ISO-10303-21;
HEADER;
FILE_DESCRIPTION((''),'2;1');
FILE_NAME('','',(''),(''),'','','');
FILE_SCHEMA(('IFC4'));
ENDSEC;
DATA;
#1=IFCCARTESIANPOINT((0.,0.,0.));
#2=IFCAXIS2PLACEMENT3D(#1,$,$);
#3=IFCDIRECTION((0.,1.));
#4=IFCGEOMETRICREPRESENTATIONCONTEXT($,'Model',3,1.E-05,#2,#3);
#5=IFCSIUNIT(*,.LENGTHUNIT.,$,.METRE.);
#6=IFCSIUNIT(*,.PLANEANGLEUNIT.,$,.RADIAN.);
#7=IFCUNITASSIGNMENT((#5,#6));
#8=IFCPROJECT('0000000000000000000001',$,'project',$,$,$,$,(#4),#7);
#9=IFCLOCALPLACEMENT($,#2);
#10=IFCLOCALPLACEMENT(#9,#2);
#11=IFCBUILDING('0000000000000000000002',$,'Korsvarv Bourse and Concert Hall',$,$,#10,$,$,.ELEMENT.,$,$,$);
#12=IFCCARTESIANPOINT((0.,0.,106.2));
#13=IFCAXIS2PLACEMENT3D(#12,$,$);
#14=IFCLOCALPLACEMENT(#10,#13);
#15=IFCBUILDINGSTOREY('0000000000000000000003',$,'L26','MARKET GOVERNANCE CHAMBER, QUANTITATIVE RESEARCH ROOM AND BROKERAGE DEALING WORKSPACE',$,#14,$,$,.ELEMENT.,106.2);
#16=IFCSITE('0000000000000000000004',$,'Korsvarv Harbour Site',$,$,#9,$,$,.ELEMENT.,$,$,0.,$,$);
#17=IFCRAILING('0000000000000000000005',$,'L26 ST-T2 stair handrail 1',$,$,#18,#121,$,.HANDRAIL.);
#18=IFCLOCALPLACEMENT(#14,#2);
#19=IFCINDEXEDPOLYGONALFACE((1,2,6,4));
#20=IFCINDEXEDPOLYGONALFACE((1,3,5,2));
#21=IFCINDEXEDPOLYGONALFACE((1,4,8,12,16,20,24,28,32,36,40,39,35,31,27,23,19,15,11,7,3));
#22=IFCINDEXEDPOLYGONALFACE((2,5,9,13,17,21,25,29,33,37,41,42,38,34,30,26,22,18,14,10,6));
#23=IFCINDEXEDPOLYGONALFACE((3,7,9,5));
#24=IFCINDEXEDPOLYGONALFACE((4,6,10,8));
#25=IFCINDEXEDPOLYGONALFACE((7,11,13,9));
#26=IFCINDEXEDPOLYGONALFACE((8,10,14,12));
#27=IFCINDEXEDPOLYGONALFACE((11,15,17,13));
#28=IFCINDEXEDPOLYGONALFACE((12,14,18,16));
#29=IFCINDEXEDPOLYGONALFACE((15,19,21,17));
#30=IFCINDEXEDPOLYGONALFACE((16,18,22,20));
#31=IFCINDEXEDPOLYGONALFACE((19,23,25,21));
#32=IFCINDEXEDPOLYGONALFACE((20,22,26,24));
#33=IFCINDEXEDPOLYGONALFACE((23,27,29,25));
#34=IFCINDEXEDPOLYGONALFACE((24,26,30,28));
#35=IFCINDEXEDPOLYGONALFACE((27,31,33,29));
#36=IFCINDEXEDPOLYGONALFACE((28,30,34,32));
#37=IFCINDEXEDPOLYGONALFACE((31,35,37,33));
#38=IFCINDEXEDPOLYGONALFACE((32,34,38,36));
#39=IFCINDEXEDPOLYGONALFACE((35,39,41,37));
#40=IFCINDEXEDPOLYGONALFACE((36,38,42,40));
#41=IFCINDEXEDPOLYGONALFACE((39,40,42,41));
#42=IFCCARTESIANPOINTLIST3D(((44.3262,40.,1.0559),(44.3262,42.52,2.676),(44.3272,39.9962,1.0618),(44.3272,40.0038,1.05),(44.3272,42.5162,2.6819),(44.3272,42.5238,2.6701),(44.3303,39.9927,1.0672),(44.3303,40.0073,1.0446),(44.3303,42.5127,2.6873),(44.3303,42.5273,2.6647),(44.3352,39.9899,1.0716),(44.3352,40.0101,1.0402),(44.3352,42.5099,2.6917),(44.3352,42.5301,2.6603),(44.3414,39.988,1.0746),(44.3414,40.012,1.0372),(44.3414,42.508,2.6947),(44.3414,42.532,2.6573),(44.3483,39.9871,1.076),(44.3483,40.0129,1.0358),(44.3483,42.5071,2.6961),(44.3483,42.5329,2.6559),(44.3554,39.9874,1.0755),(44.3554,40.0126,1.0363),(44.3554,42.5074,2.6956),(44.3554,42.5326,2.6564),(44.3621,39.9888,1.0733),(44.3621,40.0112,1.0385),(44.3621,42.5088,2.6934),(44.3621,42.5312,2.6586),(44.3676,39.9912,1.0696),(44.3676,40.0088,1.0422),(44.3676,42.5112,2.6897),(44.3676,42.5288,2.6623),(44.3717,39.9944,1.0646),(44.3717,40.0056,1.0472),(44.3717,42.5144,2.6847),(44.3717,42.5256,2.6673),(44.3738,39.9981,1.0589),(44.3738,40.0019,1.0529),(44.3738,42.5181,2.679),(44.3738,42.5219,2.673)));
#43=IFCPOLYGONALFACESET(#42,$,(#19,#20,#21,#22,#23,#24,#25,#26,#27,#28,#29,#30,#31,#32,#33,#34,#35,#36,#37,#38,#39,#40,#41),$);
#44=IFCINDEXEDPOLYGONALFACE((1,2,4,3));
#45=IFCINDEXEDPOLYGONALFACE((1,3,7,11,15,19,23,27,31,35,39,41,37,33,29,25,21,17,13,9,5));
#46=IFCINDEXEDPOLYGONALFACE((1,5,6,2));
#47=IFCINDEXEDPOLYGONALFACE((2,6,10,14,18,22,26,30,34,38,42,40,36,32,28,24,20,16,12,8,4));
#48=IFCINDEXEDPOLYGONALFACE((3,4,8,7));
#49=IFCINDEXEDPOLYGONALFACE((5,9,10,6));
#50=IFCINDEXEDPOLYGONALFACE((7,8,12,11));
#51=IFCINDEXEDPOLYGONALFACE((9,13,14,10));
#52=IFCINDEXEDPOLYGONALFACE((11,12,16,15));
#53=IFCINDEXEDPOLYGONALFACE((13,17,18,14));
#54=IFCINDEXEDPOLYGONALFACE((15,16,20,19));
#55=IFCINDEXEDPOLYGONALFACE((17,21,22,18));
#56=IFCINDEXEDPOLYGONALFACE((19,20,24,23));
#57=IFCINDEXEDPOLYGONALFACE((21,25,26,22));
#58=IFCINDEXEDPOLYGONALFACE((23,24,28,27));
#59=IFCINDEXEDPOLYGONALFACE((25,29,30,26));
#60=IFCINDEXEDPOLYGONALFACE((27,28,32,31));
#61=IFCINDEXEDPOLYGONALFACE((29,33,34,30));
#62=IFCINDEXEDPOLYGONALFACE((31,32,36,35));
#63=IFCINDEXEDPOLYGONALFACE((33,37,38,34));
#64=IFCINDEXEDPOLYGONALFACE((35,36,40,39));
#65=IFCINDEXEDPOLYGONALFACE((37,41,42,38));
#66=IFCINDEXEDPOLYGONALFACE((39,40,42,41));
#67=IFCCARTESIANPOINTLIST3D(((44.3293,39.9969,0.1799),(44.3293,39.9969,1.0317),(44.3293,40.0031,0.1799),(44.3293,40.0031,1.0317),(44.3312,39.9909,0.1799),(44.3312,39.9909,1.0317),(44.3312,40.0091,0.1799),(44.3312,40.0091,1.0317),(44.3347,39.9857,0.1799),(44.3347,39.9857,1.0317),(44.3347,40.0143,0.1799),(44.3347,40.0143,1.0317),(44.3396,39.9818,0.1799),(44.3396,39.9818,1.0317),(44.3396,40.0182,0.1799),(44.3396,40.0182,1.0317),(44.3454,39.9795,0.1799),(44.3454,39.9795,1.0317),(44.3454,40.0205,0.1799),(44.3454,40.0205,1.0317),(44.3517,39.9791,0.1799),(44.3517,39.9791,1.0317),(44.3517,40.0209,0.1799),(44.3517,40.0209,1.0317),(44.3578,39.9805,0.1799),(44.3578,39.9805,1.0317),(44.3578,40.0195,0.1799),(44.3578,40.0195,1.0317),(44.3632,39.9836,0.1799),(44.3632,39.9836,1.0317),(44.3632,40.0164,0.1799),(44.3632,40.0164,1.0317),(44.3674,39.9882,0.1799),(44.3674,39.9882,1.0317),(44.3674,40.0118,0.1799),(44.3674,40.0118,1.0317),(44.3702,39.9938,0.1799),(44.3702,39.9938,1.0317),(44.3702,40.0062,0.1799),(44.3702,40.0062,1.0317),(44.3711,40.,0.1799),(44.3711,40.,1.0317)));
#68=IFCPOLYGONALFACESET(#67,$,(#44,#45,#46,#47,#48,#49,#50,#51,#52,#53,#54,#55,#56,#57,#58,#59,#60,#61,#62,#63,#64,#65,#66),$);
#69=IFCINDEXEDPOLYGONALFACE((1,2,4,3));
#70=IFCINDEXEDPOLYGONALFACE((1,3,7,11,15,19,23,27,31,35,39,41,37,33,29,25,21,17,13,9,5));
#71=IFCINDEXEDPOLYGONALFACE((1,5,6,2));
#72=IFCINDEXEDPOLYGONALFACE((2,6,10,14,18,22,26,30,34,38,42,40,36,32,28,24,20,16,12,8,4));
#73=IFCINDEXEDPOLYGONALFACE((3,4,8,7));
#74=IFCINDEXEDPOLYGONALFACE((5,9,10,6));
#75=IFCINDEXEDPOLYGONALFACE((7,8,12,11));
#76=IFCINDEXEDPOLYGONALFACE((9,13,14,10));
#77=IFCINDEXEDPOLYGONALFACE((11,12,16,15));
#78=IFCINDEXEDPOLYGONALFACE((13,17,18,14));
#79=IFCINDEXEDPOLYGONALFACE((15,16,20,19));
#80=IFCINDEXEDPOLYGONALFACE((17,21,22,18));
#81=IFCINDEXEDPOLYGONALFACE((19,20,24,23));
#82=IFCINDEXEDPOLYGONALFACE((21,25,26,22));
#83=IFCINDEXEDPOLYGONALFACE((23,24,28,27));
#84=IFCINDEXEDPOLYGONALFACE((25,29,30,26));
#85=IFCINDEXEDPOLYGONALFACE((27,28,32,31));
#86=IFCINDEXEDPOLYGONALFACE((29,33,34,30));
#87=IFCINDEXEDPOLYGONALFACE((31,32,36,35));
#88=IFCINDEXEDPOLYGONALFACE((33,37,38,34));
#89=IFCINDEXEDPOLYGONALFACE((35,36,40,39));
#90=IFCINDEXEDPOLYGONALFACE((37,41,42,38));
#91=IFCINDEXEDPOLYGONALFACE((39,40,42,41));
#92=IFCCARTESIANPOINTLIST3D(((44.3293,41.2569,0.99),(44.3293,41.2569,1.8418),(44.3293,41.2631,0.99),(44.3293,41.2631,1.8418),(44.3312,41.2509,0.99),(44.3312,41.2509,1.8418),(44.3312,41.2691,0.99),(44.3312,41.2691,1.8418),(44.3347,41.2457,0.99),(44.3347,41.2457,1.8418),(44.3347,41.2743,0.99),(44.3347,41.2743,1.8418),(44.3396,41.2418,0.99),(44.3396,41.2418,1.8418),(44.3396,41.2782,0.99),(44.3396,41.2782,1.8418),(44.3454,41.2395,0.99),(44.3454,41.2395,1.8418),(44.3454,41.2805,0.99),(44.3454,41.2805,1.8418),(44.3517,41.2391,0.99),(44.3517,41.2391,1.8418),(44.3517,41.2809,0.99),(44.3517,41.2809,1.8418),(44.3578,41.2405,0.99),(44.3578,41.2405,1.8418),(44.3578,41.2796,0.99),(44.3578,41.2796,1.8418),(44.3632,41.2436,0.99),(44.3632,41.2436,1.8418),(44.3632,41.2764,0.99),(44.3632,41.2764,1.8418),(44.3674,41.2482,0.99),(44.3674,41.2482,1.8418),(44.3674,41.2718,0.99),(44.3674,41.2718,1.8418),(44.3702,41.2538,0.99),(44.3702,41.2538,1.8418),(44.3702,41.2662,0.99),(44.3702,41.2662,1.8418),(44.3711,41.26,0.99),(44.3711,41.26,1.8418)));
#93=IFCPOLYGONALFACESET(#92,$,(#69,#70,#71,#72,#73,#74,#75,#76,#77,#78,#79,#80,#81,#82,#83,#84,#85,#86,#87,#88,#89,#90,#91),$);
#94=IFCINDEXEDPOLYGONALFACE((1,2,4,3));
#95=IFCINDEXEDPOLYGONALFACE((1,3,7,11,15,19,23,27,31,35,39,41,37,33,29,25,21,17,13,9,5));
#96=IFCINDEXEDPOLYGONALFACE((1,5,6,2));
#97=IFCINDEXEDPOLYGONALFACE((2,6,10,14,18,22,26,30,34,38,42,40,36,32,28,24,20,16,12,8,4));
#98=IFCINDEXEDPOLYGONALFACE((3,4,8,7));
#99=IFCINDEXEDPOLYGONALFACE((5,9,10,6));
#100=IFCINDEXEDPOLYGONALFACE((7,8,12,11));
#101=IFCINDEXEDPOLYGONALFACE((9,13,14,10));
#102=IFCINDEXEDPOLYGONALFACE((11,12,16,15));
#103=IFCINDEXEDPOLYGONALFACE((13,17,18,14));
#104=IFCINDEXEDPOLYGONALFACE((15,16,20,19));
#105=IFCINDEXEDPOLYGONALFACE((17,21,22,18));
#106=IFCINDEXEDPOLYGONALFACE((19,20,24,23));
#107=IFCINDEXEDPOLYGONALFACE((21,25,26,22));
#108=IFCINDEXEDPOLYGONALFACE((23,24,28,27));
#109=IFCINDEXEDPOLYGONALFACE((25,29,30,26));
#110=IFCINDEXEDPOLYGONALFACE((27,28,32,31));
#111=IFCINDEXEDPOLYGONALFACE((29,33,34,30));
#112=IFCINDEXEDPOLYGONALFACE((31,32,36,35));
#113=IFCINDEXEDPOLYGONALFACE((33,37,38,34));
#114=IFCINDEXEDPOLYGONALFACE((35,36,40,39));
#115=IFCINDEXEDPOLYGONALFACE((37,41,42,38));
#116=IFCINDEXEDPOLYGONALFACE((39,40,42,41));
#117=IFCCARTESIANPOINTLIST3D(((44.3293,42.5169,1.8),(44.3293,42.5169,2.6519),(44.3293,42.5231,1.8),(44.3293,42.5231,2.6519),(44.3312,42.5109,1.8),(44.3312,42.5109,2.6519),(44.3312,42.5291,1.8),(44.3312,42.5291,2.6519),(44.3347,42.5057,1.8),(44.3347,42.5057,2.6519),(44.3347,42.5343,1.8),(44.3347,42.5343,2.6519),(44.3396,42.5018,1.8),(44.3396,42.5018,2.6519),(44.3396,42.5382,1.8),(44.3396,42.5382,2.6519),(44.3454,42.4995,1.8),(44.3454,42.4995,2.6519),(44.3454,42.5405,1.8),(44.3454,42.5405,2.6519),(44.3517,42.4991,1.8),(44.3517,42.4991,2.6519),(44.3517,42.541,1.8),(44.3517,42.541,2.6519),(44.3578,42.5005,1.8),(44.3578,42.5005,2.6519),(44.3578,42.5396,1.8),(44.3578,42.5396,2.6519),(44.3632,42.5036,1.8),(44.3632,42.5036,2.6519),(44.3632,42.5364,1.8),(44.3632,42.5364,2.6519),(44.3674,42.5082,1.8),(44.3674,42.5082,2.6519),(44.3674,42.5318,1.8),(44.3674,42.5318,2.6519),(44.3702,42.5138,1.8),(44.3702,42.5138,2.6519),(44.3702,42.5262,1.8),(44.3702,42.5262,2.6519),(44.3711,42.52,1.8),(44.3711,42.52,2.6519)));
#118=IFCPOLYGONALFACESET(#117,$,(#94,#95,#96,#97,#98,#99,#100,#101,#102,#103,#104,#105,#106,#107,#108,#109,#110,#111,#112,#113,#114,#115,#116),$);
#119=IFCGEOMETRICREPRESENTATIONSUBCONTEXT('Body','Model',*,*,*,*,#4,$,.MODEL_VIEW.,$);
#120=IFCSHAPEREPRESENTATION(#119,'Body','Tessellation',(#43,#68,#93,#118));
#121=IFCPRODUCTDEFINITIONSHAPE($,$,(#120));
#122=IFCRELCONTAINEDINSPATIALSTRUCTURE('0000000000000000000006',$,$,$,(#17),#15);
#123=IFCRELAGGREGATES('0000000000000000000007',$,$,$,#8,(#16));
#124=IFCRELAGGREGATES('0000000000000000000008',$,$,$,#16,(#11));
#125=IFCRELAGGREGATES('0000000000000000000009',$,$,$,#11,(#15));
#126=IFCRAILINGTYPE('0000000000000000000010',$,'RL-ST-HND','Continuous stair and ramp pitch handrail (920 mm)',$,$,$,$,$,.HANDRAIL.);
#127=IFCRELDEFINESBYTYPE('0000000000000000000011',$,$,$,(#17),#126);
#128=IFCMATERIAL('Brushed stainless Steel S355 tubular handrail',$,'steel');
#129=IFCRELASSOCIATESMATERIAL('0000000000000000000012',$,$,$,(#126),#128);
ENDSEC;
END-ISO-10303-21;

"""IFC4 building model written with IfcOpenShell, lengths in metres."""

from ifc_helpers import new_model, si_unit, direction, frame, origin, origin_2d, place, context, subcontext, project, spatial, circle, extrude, material, type_object, element, save


model = new_model("IFC4")

# Units and contexts
model_context = context("Model", 3, precision=1e-05, world=origin(), true_north=direction((0.0, 1.0)))
body_context = subcontext(model_context, "Body", "Model", "MODEL_VIEW")
ifc_project = project(units=[si_unit("LENGTHUNIT", "METRE"), si_unit("PLANEANGLEUNIT", "RADIAN")], contexts=[model_context])

# Site, building, storey
site_placement = place(None, origin())
site = spatial("IfcSite", under=ifc_project, at=site_placement, Name="Korsvarv Harbour Site", CompositionType="ELEMENT", RefElevation=0.0)
building_placement = place(site_placement, origin())
building = spatial("IfcBuilding", under=site, at=building_placement, Name="Korsvarv Bourse and Concert Hall", CompositionType="ELEMENT")
storey_placement = place(building_placement, frame((0.0, 0.0, 106.2)))
storey = spatial("IfcBuildingStorey", under=building, at=storey_placement, Name="L26", Description="MARKET GOVERNANCE CHAMBER, QUANTITATIVE RESEARCH ROOM AND BROKERAGE DEALING WORKSPACE", CompositionType="ELEMENT", Elevation=106.2)

# Railing
ifc_material_1 = material(Name="Brushed stainless Steel S355 tubular handrail", Category="steel")
railing_type_1 = type_object("IfcRailingType", Name="RL-ST-HND", Description="Continuous stair and ramp pitch handrail (920 mm)", PredefinedType="HANDRAIL", material=ifc_material_1)
railing_1_placement = place(storey_placement, frame((44.3501, 40.0, 0.1799)))
element("IfcRailing", 1, at=railing_1_placement, inside=storey, type_object=railing_type_1, Name="L26 ST-T2 stair handrail 1", PredefinedType="HANDRAIL", context=body_context, shape_type="SweptSolid", body=[
    extrude(circle(Radius=0.0239, at=origin_2d()), frame((0.0, 0.0, 0.876), z_axis=(0.0, 0.841163, 0.540782), x_axis=(-1.0, 0.0, 0.0)), (0.0, 0.0, 1.0), 2.9958),
    extrude(circle(Radius=0.021, at=origin_2d()), origin(), (0.0, 0.0, 1.0), 0.8518),
    extrude(circle(Radius=0.021, at=origin_2d()), frame((0.0, 1.26, 0.8101)), (0.0, 0.0, 1.0), 0.8518),
    extrude(circle(Radius=0.021, at=origin_2d()), frame((0.0, 2.52, 1.6201)), (0.0, 0.0, 1.0), 0.8518),
])

save(model, "model.ifc")
